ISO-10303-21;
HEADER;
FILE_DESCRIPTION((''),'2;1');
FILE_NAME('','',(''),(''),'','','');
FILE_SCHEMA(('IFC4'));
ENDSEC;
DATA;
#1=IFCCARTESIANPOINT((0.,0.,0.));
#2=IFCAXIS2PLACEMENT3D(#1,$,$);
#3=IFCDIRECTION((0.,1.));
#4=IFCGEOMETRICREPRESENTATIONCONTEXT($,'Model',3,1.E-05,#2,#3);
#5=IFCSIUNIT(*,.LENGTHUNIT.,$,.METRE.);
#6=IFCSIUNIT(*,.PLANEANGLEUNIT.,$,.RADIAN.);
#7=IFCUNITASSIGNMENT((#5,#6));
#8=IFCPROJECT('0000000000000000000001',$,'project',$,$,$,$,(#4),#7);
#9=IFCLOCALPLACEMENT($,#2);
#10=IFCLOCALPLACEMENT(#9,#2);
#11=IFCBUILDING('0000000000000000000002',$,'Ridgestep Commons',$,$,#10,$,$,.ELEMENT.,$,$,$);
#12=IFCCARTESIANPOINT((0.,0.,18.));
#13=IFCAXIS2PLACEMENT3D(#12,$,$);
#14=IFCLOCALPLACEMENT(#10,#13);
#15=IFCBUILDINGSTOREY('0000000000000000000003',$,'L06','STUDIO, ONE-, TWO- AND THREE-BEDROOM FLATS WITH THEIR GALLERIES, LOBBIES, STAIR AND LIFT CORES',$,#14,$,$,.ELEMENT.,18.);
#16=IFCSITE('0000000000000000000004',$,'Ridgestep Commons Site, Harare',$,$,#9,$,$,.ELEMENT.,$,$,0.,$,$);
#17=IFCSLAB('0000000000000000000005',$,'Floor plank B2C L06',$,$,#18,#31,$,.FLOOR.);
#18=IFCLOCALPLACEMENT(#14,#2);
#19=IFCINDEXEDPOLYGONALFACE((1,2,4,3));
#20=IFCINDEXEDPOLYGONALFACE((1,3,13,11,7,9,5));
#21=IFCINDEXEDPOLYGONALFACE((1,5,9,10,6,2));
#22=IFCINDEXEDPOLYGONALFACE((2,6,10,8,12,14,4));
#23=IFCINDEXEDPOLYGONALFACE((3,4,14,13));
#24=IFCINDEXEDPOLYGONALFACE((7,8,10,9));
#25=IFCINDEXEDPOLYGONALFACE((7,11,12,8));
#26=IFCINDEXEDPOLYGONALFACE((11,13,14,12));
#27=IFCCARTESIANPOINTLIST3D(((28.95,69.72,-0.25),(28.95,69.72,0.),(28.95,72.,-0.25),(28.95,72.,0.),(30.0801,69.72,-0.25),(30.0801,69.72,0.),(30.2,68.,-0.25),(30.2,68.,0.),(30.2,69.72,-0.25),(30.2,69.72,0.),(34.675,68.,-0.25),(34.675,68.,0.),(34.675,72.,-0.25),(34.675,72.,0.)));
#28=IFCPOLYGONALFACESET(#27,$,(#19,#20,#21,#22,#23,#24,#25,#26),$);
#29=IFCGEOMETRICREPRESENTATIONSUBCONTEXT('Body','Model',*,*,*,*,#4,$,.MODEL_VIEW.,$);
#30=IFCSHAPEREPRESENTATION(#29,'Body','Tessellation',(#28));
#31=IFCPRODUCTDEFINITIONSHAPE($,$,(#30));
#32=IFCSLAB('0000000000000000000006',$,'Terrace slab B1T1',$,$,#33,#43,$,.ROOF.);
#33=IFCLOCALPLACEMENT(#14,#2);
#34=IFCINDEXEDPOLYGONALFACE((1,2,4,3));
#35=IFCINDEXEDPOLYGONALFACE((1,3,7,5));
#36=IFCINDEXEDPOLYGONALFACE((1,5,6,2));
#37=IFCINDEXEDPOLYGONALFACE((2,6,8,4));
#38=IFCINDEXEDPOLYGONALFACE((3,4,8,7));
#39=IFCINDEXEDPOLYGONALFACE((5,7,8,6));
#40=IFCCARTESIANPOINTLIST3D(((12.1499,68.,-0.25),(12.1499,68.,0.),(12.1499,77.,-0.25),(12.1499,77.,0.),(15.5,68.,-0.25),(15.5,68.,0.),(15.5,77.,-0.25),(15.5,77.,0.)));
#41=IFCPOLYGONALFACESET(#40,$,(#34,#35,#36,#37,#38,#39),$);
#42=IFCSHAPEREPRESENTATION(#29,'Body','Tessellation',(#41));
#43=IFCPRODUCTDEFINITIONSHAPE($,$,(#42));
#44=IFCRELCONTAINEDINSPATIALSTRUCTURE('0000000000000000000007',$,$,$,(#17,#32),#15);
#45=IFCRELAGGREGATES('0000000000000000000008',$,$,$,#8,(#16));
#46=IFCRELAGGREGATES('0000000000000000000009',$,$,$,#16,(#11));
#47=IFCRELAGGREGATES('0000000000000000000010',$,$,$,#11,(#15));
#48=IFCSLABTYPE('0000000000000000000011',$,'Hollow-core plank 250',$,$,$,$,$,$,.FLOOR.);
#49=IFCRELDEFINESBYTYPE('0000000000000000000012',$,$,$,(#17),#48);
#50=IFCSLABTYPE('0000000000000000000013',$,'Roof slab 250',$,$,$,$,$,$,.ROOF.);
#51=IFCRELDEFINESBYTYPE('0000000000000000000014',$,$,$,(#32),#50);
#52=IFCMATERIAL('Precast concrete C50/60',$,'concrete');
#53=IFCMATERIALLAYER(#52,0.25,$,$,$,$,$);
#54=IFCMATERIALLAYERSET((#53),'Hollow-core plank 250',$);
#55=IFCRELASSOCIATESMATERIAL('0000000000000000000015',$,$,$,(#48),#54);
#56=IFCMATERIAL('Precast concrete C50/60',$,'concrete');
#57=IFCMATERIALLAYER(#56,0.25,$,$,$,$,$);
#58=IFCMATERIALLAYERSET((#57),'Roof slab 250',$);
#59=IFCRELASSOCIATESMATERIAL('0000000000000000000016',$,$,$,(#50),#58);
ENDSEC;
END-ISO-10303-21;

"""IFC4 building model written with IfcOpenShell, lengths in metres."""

from ifc_helpers import new_model, si_unit, direction, frame, origin, place, context, subcontext, project, spatial, polyline, outline, extrude, material, layer, layer_set, type_object, element, save


model = new_model("IFC4")

# Units and contexts
model_context = context("Model", 3, precision=1e-05, world=origin(), true_north=direction((0.0, 1.0)))
body_context = subcontext(model_context, "Body", "Model", "MODEL_VIEW")
ifc_project = project(units=[si_unit("LENGTHUNIT", "METRE"), si_unit("PLANEANGLEUNIT", "RADIAN")], contexts=[model_context])

# Site, building, storey
site_placement = place(None, origin())
site = spatial("IfcSite", under=ifc_project, at=site_placement, Name="Ridgestep Commons Site, Harare", CompositionType="ELEMENT", RefElevation=0.0)
building_placement = place(site_placement, origin())
building = spatial("IfcBuilding", under=site, at=building_placement, Name="Ridgestep Commons", CompositionType="ELEMENT")
storey_placement = place(building_placement, frame((0.0, 0.0, 18.0)))
storey = spatial("IfcBuildingStorey", under=building, at=storey_placement, Name="L06", Description="STUDIO, ONE-, TWO- AND THREE-BEDROOM FLATS WITH THEIR GALLERIES, LOBBIES, STAIR AND LIFT CORES", CompositionType="ELEMENT", Elevation=18.0)

# Slabs
ifc_material_1 = material(Name="Precast concrete C50/60", Category="concrete")
ifc_layer_1 = layer(ifc_material_1, 0.25)
ifc_layer_set_1 = layer_set([ifc_layer_1], Name="Hollow-core plank 250")
slab_type_1 = type_object("IfcSlabType", Name="Hollow-core plank 250", PredefinedType="FLOOR", material=ifc_layer_set_1)
slab_1_placement = place(storey_placement, frame((0.0, 0.0, -0.25)))
element("IfcSlab", 1, at=slab_1_placement, inside=storey, type_object=slab_type_1, Name="Floor plank B2C L06", PredefinedType="FLOOR", context=body_context, shape_type="SweptSolid", body=[
    extrude(outline(polyline([(30.2, 68.0), (34.675, 68.0), (34.675, 72.0), (28.95, 72.0), (28.95, 69.72), (30.0801, 69.72), (30.2, 69.72), (30.2, 68.0)])), origin(), (0.0, 0.0, 1.0), 0.25),
])
ifc_material_2 = material(Name="Precast concrete C50/60", Category="concrete")
ifc_layer_2 = layer(ifc_material_2, 0.25)
ifc_layer_set_2 = layer_set([ifc_layer_2], Name="Roof slab 250")
slab_type_2 = type_object("IfcSlabType", Name="Roof slab 250", PredefinedType="ROOF", material=ifc_layer_set_2)
slab_2_placement = place(storey_placement, frame((0.0, 0.0, -0.25)))
element("IfcSlab", 2, at=slab_2_placement, inside=storey, type_object=slab_type_2, Name="Terrace slab B1T1", PredefinedType="ROOF", context=body_context, shape_type="SweptSolid", body=[
    extrude(outline(polyline([(15.5, 68.0), (15.5, 77.0), (12.1499, 77.0), (12.1499, 68.0), (15.5, 68.0)])), origin(), (0.0, 0.0, 1.0), 0.25),
])

save(model, "model.ifc")
